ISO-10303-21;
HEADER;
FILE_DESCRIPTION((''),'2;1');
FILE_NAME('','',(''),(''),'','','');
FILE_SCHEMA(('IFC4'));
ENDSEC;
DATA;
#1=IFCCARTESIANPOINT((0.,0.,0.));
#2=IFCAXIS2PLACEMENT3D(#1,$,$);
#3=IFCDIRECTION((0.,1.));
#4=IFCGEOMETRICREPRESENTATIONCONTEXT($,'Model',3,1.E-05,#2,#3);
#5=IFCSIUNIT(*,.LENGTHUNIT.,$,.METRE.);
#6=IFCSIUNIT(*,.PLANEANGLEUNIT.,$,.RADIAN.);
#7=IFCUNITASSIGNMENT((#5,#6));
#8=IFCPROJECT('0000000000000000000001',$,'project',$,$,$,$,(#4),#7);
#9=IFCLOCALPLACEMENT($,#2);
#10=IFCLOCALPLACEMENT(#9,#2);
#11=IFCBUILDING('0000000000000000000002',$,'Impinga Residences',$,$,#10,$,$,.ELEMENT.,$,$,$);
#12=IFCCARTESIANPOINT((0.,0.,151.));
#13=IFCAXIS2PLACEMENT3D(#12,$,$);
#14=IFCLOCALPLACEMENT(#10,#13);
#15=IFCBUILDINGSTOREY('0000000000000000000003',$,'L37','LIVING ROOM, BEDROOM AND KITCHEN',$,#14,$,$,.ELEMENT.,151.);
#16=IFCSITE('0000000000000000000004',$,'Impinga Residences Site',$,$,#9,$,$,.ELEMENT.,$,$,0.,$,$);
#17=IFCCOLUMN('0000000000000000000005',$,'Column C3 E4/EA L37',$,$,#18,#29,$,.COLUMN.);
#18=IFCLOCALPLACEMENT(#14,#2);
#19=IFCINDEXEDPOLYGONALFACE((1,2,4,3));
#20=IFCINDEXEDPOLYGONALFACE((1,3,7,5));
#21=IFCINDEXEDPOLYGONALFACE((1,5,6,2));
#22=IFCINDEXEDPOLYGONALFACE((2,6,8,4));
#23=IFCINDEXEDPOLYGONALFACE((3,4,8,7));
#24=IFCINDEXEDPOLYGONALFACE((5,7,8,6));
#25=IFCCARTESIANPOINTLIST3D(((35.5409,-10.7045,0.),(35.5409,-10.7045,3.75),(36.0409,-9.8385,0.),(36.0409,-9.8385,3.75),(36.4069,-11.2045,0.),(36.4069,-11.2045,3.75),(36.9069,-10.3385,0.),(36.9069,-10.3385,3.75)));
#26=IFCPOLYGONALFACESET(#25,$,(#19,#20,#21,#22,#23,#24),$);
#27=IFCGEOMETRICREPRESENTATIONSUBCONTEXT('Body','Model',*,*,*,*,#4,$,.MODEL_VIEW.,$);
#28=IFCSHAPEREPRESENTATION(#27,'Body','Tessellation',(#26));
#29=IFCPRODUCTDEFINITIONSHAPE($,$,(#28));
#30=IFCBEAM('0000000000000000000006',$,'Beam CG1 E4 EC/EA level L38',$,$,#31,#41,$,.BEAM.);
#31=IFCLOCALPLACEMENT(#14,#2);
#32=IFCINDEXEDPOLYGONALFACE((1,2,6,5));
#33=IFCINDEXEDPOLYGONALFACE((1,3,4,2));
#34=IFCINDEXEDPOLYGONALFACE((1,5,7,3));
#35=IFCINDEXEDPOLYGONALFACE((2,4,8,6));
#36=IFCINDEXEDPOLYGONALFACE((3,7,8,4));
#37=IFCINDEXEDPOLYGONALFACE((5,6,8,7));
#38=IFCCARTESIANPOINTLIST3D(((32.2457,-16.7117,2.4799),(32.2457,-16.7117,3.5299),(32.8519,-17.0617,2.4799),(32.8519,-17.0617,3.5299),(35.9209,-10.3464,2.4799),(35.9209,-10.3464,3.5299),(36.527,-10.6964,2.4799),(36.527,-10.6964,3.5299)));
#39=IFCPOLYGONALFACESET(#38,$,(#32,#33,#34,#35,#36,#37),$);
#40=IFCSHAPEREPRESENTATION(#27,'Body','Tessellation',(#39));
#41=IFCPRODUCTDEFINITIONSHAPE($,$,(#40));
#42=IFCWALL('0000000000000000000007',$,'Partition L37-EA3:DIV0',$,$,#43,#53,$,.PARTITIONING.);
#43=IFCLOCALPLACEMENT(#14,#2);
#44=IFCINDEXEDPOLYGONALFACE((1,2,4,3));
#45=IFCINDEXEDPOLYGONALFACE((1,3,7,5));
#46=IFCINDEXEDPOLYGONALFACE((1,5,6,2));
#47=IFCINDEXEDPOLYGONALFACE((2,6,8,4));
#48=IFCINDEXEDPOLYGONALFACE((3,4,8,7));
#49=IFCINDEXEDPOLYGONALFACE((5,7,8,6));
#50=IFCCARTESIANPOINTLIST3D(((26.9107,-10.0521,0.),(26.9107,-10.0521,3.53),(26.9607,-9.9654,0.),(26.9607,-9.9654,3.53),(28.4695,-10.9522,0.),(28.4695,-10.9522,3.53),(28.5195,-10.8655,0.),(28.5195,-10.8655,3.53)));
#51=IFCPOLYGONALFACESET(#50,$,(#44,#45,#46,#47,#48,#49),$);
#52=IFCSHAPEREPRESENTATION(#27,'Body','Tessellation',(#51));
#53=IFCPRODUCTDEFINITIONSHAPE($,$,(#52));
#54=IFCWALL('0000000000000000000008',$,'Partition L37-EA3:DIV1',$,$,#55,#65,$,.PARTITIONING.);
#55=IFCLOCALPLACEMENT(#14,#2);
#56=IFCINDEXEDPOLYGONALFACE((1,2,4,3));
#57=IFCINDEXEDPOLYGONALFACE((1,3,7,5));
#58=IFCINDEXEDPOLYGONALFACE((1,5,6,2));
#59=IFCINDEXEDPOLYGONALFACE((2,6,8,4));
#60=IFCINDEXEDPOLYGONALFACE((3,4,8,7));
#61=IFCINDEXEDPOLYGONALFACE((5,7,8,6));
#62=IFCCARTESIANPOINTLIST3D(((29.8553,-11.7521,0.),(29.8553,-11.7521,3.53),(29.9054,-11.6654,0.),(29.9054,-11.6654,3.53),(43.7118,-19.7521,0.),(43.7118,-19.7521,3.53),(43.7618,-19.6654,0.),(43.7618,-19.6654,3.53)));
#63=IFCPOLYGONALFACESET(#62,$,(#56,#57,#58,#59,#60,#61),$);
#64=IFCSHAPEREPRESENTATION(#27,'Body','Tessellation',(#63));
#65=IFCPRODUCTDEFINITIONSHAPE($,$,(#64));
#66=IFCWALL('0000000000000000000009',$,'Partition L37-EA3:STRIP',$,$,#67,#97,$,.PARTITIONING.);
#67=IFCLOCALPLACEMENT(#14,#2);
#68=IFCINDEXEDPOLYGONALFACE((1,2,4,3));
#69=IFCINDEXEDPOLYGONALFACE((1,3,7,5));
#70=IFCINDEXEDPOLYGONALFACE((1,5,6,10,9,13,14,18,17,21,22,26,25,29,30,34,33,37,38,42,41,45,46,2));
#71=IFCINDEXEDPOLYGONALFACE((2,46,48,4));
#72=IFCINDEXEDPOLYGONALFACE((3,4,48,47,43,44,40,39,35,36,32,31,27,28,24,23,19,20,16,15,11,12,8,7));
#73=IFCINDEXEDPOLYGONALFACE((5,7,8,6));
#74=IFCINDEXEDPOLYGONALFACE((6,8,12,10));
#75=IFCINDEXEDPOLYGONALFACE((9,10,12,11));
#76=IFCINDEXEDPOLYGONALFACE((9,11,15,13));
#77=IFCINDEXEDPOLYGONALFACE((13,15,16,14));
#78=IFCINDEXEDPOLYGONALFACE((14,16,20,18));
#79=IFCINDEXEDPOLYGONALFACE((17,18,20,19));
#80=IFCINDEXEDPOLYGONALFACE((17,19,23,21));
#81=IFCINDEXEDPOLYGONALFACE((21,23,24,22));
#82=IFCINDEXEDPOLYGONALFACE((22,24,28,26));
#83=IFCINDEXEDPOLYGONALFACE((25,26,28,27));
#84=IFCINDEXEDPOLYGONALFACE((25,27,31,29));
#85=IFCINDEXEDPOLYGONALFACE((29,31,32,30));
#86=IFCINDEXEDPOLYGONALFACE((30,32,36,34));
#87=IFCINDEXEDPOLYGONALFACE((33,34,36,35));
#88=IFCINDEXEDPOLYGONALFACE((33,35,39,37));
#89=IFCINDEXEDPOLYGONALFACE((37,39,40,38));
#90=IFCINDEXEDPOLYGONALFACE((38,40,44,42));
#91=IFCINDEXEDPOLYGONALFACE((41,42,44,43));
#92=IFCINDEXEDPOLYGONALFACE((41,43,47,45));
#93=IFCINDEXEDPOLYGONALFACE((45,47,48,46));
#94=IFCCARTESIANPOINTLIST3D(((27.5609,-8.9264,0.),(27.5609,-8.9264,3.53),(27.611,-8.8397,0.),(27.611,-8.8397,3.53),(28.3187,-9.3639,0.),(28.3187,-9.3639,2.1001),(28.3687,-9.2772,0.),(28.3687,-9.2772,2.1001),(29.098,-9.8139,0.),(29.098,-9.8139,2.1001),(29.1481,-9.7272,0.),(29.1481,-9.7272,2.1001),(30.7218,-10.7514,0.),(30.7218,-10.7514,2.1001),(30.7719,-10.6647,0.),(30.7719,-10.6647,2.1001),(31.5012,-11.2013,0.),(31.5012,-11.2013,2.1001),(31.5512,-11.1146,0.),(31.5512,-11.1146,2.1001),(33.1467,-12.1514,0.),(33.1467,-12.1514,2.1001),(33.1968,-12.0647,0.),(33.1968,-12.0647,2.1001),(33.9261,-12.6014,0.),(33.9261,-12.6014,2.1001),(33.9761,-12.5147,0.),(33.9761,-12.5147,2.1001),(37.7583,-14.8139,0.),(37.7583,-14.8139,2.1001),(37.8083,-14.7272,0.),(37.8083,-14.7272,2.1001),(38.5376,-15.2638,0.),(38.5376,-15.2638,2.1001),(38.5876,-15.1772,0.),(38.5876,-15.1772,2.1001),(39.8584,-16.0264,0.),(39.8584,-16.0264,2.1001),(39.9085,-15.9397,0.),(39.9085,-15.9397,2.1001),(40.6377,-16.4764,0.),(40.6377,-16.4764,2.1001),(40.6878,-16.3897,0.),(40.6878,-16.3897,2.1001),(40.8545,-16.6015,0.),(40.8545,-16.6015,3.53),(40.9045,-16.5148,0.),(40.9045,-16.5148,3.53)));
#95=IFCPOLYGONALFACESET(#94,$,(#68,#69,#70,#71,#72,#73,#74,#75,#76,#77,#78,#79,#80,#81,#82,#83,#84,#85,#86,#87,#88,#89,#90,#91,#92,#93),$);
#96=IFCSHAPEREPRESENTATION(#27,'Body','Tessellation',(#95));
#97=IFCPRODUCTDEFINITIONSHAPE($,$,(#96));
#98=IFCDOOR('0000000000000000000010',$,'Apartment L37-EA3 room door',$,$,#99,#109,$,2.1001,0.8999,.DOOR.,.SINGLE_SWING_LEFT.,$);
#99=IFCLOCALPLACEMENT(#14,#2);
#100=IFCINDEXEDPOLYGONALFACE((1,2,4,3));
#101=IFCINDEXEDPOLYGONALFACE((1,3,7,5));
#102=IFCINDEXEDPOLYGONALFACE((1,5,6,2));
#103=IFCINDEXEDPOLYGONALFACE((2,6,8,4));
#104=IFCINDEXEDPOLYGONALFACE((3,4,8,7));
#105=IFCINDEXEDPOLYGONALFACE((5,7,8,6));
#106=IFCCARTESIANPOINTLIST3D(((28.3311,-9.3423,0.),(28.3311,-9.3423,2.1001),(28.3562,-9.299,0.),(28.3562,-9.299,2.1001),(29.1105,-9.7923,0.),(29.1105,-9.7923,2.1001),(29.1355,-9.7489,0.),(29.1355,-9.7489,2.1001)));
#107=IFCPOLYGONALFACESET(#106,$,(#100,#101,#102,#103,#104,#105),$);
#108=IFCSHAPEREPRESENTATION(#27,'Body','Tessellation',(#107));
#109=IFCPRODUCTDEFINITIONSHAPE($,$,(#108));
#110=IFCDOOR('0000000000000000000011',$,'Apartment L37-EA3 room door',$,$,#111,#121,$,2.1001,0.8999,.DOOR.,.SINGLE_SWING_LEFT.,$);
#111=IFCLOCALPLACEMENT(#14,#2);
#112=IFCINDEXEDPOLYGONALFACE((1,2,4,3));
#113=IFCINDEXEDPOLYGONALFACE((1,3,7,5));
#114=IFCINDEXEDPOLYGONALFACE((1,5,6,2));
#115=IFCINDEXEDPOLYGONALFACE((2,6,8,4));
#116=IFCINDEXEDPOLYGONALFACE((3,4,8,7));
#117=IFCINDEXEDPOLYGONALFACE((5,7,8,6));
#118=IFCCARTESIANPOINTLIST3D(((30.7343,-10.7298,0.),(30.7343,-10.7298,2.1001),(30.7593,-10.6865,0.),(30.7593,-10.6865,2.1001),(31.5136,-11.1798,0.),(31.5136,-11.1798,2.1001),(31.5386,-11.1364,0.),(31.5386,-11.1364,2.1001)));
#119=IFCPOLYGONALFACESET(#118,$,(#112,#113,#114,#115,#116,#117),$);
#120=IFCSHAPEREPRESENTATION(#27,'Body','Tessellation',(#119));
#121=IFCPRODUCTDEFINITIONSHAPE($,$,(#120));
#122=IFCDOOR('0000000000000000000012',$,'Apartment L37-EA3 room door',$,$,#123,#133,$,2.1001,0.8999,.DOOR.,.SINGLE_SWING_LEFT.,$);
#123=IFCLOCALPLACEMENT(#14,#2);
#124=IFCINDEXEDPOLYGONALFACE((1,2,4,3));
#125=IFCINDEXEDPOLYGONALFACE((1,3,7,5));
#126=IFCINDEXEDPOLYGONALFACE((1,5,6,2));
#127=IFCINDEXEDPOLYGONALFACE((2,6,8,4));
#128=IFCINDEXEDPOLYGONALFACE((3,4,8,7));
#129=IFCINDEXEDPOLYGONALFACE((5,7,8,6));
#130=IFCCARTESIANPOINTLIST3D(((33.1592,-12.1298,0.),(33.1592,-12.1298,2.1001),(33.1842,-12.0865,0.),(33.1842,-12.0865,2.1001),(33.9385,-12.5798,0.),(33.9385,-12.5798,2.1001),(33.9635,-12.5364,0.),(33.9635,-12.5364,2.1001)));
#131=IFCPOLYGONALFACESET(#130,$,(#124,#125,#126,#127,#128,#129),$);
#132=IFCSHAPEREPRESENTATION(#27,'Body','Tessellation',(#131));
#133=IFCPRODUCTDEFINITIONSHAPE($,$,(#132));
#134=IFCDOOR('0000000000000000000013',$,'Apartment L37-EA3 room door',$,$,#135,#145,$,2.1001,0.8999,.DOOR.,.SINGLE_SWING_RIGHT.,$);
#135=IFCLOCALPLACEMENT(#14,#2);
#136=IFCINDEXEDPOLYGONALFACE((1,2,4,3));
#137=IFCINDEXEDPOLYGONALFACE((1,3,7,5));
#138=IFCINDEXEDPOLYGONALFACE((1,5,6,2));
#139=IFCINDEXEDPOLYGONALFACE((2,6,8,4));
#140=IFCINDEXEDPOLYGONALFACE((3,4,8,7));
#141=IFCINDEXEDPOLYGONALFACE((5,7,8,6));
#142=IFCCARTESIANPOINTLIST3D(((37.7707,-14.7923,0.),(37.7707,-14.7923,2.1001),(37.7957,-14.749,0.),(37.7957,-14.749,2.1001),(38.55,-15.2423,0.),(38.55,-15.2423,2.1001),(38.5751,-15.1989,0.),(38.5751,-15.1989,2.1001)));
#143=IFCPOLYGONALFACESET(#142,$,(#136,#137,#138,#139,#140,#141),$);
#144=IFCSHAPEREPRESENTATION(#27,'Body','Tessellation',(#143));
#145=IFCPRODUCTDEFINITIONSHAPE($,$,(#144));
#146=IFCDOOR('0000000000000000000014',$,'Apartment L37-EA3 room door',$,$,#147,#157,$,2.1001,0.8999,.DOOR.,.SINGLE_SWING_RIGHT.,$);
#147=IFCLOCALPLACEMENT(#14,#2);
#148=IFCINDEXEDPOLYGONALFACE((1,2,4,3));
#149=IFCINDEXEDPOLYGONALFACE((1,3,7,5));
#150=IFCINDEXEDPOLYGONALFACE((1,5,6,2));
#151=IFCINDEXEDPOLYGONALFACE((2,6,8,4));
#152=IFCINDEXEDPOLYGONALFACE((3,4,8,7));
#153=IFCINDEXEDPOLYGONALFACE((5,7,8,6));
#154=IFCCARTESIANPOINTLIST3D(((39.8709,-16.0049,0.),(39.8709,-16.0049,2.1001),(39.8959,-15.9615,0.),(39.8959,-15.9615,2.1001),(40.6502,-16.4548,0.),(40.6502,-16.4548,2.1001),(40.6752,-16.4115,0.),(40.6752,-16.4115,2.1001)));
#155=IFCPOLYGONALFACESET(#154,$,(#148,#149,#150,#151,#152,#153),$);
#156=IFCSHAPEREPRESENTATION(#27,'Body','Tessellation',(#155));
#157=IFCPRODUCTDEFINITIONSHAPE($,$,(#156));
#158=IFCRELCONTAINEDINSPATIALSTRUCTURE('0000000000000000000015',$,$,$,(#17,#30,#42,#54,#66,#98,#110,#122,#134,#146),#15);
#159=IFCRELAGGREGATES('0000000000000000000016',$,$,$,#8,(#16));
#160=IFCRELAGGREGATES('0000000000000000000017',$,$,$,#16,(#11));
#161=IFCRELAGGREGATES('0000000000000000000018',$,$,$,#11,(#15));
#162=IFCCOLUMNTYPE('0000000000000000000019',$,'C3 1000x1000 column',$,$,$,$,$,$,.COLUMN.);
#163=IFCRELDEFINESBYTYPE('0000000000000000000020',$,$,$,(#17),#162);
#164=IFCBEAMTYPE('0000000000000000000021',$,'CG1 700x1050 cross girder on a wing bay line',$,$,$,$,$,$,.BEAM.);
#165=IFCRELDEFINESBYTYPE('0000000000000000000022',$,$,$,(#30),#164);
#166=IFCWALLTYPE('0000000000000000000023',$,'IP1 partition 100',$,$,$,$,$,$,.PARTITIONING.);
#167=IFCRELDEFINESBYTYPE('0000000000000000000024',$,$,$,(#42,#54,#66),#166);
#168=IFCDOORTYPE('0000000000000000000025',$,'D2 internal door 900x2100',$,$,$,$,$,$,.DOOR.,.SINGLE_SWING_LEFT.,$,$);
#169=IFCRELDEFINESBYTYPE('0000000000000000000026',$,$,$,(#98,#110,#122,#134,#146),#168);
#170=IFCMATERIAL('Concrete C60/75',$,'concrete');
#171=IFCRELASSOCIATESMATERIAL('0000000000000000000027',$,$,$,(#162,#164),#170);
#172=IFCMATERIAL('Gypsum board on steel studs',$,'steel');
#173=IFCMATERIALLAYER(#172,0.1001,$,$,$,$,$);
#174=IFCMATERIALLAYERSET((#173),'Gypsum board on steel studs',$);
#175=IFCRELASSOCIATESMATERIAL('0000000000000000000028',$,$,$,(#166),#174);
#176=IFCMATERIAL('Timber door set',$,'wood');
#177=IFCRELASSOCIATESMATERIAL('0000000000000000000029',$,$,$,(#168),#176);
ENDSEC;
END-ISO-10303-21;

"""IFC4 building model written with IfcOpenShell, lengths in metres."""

from ifc_helpers import new_model, si_unit, direction, frame, frame_2d, origin, origin_2d, place, context, subcontext, project, spatial, rectangle, extrude, material, layer, layer_set, material_profile, profile_set, type_object, element, fill, save


model = new_model("IFC4")

# Units and contexts
model_context = context("Model", 3, precision=1e-05, world=origin(), true_north=direction((0.0, 1.0)))
body_context = subcontext(model_context, "Body", "Model", "MODEL_VIEW")
ifc_project = project(units=[si_unit("LENGTHUNIT", "METRE"), si_unit("PLANEANGLEUNIT", "RADIAN")], contexts=[model_context])

# Site, building, storey
site_placement = place(None, origin())
site = spatial("IfcSite", under=ifc_project, at=site_placement, Name="Impinga Residences Site", CompositionType="ELEMENT", RefElevation=0.0)
building_placement = place(site_placement, origin())
building = spatial("IfcBuilding", under=site, at=building_placement, Name="Impinga Residences", CompositionType="ELEMENT")
storey_placement = place(building_placement, frame((0.0, 0.0, 151.0)))
storey = spatial("IfcBuildingStorey", under=building, at=storey_placement, Name="L37", Description="LIVING ROOM, BEDROOM AND KITCHEN", CompositionType="ELEMENT", Elevation=151.0)

# Column
ifc_material_1 = material(Name="Concrete C60/75", Category="concrete")
ifc_material_profile_1 = material_profile(ifc_material_1, rectangle(XDim=1.0, YDim=1.0, at=origin_2d()), Name="RC 1000x1000")
ifc_profile_set_1 = profile_set([ifc_material_profile_1], Name="Concrete C60/75")
column_type = type_object("IfcColumnType", Name="C3 1000x1000 column", PredefinedType="COLUMN", material=ifc_profile_set_1)
column_placement = place(storey_placement, frame((36.2239, -10.5215, 0.0), z_axis=(0.0, 0.0, 1.0), x_axis=(-0.5, -0.866025, 0.0)))
element("IfcColumn", 1, at=column_placement, inside=storey, type_object=column_type, Name="Column C3 E4/EA L37", PredefinedType="COLUMN", context=body_context, shape_type="SweptSolid", body=[
    extrude(rectangle(XDim=1.0, YDim=1.0, at=origin_2d()), origin(), (0.0, 0.0, 1.0), 3.75),
])

# Beam
ifc_material_profile_2 = material_profile(ifc_material_1, rectangle(XDim=0.7, YDim=1.05, at=origin_2d()), Name="RC 700x1050")
ifc_profile_set_2 = profile_set([ifc_material_profile_2], Name="Concrete C60/75")
beam_type = type_object("IfcBeamType", Name="CG1 700x1050 cross girder on a wing bay line", PredefinedType="BEAM", material=ifc_profile_set_2)
beam_placement = place(storey_placement, frame((32.5488, -16.8867, 3.0049), z_axis=(0.500008, 0.866021, 0.0), x_axis=(-0.866021, 0.500008, 0.0)))
element("IfcBeam", 2, at=beam_placement, inside=storey, type_object=beam_type, Name="Beam CG1 E4 EC/EA level L38", PredefinedType="BEAM", context=body_context, shape_type="SweptSolid", body=[
    extrude(rectangle(XDim=0.7, YDim=1.05, at=origin_2d()), origin(), (0.0, 0.0, 1.0), 7.3501),
])

# Walls
ifc_material_2 = material(Name="Gypsum board on steel studs", Category="steel")
ifc_layer_1 = layer(ifc_material_2, 0.1001)
ifc_layer_set_1 = layer_set([ifc_layer_1], Name="Gypsum board on steel studs")
wall_type_1 = type_object("IfcWallType", Name="IP1 partition 100", PredefinedType="PARTITIONING", material=ifc_layer_set_1)
wall_1_placement = place(storey_placement, frame((26.9358, -10.0088, 0.0), z_axis=(0.0, 0.0, 1.0), x_axis=(0.865989, -0.500063, 0.0)))
element("IfcWall", 3, at=wall_1_placement, inside=storey, type_object=wall_type_1, Name="Partition L37-EA3:DIV0", PredefinedType="PARTITIONING", context=body_context, shape_type="SweptSolid", body=[
    extrude(rectangle(XDim=1.8, YDim=0.1001, at=frame_2d((0.8999, 0.0))), origin(), (0.0, 0.0, 1.0), 3.53),
])
wall_2_placement = place(storey_placement, frame((29.8804, -11.7087, 0.0), z_axis=(0.0, 0.0, 1.0), x_axis=(0.866026, -0.499999, 0.0)))
element("IfcWall", 4, at=wall_2_placement, inside=storey, type_object=wall_type_1, Name="Partition L37-EA3:DIV1", PredefinedType="PARTITIONING", context=body_context, shape_type="SweptSolid", body=[
    extrude(rectangle(XDim=16.0, YDim=0.1001, at=frame_2d((8.0, 0.0))), origin(), (0.0, 0.0, 1.0), 3.53),
])

# Wall, openings, doors
wall_3_placement = place(storey_placement, frame((27.5859, -8.8831, 0.0), z_axis=(0.0, 0.0, 1.0), x_axis=(0.866023, -0.500003, 0.0)))
wall_3 = element("IfcWall", 5, at=wall_3_placement, inside=storey, type_object=wall_type_1, Name="Partition L37-EA3:STRIP", PredefinedType="PARTITIONING", context=body_context, shape_type="SweptSolid", body=[
    extrude(rectangle(XDim=15.3501, YDim=0.1001, at=frame_2d((7.675, 0.0))), origin(), (0.0, 0.0, 1.0), 3.53),
])
opening_1_placement = place(wall_3_placement, frame((0.875, 0.0, 0.0)))
opening_1 = element("IfcOpeningElement", 6, at=opening_1_placement, cuts=wall_3, PredefinedType="OPENING", context=body_context, shape_type="SweptSolid", body=[
    extrude(rectangle(XDim=0.8999, YDim=2.1001, at=frame_2d((0.45, 1.05))), frame((0.0, 0.0601, 0.0), z_axis=(0.0, -1.0, 0.0), x_axis=(1.0, 0.0, 0.0)), (0.0, 0.0, 1.0), 0.1201),
])
opening_2_placement = place(wall_3_placement, frame((3.6499, 0.0, 0.0)))
opening_2 = element("IfcOpeningElement", 7, at=opening_2_placement, cuts=wall_3, PredefinedType="OPENING", context=body_context, shape_type="SweptSolid", body=[
    extrude(rectangle(XDim=0.8999, YDim=2.1001, at=frame_2d((0.45, 1.05))), frame((0.0, 0.0601, 0.0), z_axis=(0.0, -1.0, 0.0), x_axis=(1.0, 0.0, 0.0)), (0.0, 0.0, 1.0), 0.1201),
])
opening_3_placement = place(wall_3_placement, frame((6.45, 0.0, 0.0)))
opening_3 = element("IfcOpeningElement", 8, at=opening_3_placement, cuts=wall_3, PredefinedType="OPENING", context=body_context, shape_type="SweptSolid", body=[
    extrude(rectangle(XDim=0.8999, YDim=2.1001, at=frame_2d((0.45, 1.05))), frame((0.0, 0.0601, 0.0), z_axis=(0.0, -1.0, 0.0), x_axis=(1.0, 0.0, 0.0)), (0.0, 0.0, 1.0), 0.1201),
])
opening_4_placement = place(wall_3_placement, frame((11.7749, 0.0, 0.0)))
opening_4 = element("IfcOpeningElement", 9, at=opening_4_placement, cuts=wall_3, PredefinedType="OPENING", context=body_context, shape_type="SweptSolid", body=[
    extrude(rectangle(XDim=0.8999, YDim=2.1001, at=frame_2d((0.45, 1.05))), frame((0.0, 0.0601, 0.0), z_axis=(0.0, -1.0, 0.0), x_axis=(1.0, 0.0, 0.0)), (0.0, 0.0, 1.0), 0.1201),
])
opening_5_placement = place(wall_3_placement, frame((14.2, 0.0, 0.0)))
opening_5 = element("IfcOpeningElement", 10, at=opening_5_placement, cuts=wall_3, PredefinedType="OPENING", context=body_context, shape_type="SweptSolid", body=[
    extrude(rectangle(XDim=0.8999, YDim=2.1001, at=frame_2d((0.45, 1.05))), frame((0.0, 0.0601, 0.0), z_axis=(0.0, -1.0, 0.0), x_axis=(1.0, 0.0, 0.0)), (0.0, 0.0, 1.0), 0.1201),
])
ifc_material_3 = material(Name="Timber door set", Category="wood")
door_type = type_object("IfcDoorType", Name="D2 internal door 900x2100", OperationType="SINGLE_SWING_LEFT", PredefinedType="DOOR", material=ifc_material_3)
door_1_placement = place(opening_1_placement, origin())
door_1 = element("IfcDoor", 11, at=door_1_placement, inside=storey, type_object=door_type, Name="Apartment L37-EA3 room door", OperationType="SINGLE_SWING_LEFT", OverallHeight=2.1001, OverallWidth=0.8999, PredefinedType="DOOR", context=body_context, shape_type="SweptSolid", body=[
    extrude(rectangle(XDim=0.8999, YDim=2.1001, at=frame_2d((0.45, 1.05))), frame((0.0, 0.0249, 0.0), z_axis=(0.0, -1.0, 0.0), x_axis=(1.0, 0.0, 0.0)), (0.0, 0.0, 1.0), 0.05),
])
fill(opening_1, door_1)
door_2_placement = place(opening_2_placement, origin())
door_2 = element("IfcDoor", 12, at=door_2_placement, inside=storey, type_object=door_type, Name="Apartment L37-EA3 room door", OperationType="SINGLE_SWING_LEFT", OverallHeight=2.1001, OverallWidth=0.8999, PredefinedType="DOOR", context=body_context, shape_type="SweptSolid", body=[
    extrude(rectangle(XDim=0.8999, YDim=2.1001, at=frame_2d((0.45, 1.05))), frame((0.0, 0.0249, 0.0), z_axis=(0.0, -1.0, 0.0), x_axis=(1.0, 0.0, 0.0)), (0.0, 0.0, 1.0), 0.05),
])
fill(opening_2, door_2)
door_3_placement = place(opening_3_placement, origin())
door_3 = element("IfcDoor", 13, at=door_3_placement, inside=storey, type_object=door_type, Name="Apartment L37-EA3 room door", OperationType="SINGLE_SWING_LEFT", OverallHeight=2.1001, OverallWidth=0.8999, PredefinedType="DOOR", context=body_context, shape_type="SweptSolid", body=[
    extrude(rectangle(XDim=0.8999, YDim=2.1001, at=frame_2d((0.45, 1.05))), frame((0.0, 0.0249, 0.0), z_axis=(0.0, -1.0, 0.0), x_axis=(1.0, 0.0, 0.0)), (0.0, 0.0, 1.0), 0.05),
])
fill(opening_3, door_3)
door_4_placement = place(opening_4_placement, origin())
door_4 = element("IfcDoor", 14, at=door_4_placement, inside=storey, type_object=door_type, Name="Apartment L37-EA3 room door", OperationType="SINGLE_SWING_RIGHT", OverallHeight=2.1001, OverallWidth=0.8999, PredefinedType="DOOR", context=body_context, shape_type="SweptSolid", body=[
    extrude(rectangle(XDim=0.8999, YDim=2.1001, at=frame_2d((0.45, 1.05))), frame((0.0, 0.0249, 0.0), z_axis=(0.0, -1.0, 0.0), x_axis=(1.0, 0.0, 0.0)), (0.0, 0.0, 1.0), 0.05),
])
fill(opening_4, door_4)
door_5_placement = place(opening_5_placement, origin())
door_5 = element("IfcDoor", 15, at=door_5_placement, inside=storey, type_object=door_type, Name="Apartment L37-EA3 room door", OperationType="SINGLE_SWING_RIGHT", OverallHeight=2.1001, OverallWidth=0.8999, PredefinedType="DOOR", context=body_context, shape_type="SweptSolid", body=[
    extrude(rectangle(XDim=0.8999, YDim=2.1001, at=frame_2d((0.45, 1.05))), frame((0.0, 0.0249, 0.0), z_axis=(0.0, -1.0, 0.0), x_axis=(1.0, 0.0, 0.0)), (0.0, 0.0, 1.0), 0.05),
])
fill(opening_5, door_5)

save(model, "model.ifc")
